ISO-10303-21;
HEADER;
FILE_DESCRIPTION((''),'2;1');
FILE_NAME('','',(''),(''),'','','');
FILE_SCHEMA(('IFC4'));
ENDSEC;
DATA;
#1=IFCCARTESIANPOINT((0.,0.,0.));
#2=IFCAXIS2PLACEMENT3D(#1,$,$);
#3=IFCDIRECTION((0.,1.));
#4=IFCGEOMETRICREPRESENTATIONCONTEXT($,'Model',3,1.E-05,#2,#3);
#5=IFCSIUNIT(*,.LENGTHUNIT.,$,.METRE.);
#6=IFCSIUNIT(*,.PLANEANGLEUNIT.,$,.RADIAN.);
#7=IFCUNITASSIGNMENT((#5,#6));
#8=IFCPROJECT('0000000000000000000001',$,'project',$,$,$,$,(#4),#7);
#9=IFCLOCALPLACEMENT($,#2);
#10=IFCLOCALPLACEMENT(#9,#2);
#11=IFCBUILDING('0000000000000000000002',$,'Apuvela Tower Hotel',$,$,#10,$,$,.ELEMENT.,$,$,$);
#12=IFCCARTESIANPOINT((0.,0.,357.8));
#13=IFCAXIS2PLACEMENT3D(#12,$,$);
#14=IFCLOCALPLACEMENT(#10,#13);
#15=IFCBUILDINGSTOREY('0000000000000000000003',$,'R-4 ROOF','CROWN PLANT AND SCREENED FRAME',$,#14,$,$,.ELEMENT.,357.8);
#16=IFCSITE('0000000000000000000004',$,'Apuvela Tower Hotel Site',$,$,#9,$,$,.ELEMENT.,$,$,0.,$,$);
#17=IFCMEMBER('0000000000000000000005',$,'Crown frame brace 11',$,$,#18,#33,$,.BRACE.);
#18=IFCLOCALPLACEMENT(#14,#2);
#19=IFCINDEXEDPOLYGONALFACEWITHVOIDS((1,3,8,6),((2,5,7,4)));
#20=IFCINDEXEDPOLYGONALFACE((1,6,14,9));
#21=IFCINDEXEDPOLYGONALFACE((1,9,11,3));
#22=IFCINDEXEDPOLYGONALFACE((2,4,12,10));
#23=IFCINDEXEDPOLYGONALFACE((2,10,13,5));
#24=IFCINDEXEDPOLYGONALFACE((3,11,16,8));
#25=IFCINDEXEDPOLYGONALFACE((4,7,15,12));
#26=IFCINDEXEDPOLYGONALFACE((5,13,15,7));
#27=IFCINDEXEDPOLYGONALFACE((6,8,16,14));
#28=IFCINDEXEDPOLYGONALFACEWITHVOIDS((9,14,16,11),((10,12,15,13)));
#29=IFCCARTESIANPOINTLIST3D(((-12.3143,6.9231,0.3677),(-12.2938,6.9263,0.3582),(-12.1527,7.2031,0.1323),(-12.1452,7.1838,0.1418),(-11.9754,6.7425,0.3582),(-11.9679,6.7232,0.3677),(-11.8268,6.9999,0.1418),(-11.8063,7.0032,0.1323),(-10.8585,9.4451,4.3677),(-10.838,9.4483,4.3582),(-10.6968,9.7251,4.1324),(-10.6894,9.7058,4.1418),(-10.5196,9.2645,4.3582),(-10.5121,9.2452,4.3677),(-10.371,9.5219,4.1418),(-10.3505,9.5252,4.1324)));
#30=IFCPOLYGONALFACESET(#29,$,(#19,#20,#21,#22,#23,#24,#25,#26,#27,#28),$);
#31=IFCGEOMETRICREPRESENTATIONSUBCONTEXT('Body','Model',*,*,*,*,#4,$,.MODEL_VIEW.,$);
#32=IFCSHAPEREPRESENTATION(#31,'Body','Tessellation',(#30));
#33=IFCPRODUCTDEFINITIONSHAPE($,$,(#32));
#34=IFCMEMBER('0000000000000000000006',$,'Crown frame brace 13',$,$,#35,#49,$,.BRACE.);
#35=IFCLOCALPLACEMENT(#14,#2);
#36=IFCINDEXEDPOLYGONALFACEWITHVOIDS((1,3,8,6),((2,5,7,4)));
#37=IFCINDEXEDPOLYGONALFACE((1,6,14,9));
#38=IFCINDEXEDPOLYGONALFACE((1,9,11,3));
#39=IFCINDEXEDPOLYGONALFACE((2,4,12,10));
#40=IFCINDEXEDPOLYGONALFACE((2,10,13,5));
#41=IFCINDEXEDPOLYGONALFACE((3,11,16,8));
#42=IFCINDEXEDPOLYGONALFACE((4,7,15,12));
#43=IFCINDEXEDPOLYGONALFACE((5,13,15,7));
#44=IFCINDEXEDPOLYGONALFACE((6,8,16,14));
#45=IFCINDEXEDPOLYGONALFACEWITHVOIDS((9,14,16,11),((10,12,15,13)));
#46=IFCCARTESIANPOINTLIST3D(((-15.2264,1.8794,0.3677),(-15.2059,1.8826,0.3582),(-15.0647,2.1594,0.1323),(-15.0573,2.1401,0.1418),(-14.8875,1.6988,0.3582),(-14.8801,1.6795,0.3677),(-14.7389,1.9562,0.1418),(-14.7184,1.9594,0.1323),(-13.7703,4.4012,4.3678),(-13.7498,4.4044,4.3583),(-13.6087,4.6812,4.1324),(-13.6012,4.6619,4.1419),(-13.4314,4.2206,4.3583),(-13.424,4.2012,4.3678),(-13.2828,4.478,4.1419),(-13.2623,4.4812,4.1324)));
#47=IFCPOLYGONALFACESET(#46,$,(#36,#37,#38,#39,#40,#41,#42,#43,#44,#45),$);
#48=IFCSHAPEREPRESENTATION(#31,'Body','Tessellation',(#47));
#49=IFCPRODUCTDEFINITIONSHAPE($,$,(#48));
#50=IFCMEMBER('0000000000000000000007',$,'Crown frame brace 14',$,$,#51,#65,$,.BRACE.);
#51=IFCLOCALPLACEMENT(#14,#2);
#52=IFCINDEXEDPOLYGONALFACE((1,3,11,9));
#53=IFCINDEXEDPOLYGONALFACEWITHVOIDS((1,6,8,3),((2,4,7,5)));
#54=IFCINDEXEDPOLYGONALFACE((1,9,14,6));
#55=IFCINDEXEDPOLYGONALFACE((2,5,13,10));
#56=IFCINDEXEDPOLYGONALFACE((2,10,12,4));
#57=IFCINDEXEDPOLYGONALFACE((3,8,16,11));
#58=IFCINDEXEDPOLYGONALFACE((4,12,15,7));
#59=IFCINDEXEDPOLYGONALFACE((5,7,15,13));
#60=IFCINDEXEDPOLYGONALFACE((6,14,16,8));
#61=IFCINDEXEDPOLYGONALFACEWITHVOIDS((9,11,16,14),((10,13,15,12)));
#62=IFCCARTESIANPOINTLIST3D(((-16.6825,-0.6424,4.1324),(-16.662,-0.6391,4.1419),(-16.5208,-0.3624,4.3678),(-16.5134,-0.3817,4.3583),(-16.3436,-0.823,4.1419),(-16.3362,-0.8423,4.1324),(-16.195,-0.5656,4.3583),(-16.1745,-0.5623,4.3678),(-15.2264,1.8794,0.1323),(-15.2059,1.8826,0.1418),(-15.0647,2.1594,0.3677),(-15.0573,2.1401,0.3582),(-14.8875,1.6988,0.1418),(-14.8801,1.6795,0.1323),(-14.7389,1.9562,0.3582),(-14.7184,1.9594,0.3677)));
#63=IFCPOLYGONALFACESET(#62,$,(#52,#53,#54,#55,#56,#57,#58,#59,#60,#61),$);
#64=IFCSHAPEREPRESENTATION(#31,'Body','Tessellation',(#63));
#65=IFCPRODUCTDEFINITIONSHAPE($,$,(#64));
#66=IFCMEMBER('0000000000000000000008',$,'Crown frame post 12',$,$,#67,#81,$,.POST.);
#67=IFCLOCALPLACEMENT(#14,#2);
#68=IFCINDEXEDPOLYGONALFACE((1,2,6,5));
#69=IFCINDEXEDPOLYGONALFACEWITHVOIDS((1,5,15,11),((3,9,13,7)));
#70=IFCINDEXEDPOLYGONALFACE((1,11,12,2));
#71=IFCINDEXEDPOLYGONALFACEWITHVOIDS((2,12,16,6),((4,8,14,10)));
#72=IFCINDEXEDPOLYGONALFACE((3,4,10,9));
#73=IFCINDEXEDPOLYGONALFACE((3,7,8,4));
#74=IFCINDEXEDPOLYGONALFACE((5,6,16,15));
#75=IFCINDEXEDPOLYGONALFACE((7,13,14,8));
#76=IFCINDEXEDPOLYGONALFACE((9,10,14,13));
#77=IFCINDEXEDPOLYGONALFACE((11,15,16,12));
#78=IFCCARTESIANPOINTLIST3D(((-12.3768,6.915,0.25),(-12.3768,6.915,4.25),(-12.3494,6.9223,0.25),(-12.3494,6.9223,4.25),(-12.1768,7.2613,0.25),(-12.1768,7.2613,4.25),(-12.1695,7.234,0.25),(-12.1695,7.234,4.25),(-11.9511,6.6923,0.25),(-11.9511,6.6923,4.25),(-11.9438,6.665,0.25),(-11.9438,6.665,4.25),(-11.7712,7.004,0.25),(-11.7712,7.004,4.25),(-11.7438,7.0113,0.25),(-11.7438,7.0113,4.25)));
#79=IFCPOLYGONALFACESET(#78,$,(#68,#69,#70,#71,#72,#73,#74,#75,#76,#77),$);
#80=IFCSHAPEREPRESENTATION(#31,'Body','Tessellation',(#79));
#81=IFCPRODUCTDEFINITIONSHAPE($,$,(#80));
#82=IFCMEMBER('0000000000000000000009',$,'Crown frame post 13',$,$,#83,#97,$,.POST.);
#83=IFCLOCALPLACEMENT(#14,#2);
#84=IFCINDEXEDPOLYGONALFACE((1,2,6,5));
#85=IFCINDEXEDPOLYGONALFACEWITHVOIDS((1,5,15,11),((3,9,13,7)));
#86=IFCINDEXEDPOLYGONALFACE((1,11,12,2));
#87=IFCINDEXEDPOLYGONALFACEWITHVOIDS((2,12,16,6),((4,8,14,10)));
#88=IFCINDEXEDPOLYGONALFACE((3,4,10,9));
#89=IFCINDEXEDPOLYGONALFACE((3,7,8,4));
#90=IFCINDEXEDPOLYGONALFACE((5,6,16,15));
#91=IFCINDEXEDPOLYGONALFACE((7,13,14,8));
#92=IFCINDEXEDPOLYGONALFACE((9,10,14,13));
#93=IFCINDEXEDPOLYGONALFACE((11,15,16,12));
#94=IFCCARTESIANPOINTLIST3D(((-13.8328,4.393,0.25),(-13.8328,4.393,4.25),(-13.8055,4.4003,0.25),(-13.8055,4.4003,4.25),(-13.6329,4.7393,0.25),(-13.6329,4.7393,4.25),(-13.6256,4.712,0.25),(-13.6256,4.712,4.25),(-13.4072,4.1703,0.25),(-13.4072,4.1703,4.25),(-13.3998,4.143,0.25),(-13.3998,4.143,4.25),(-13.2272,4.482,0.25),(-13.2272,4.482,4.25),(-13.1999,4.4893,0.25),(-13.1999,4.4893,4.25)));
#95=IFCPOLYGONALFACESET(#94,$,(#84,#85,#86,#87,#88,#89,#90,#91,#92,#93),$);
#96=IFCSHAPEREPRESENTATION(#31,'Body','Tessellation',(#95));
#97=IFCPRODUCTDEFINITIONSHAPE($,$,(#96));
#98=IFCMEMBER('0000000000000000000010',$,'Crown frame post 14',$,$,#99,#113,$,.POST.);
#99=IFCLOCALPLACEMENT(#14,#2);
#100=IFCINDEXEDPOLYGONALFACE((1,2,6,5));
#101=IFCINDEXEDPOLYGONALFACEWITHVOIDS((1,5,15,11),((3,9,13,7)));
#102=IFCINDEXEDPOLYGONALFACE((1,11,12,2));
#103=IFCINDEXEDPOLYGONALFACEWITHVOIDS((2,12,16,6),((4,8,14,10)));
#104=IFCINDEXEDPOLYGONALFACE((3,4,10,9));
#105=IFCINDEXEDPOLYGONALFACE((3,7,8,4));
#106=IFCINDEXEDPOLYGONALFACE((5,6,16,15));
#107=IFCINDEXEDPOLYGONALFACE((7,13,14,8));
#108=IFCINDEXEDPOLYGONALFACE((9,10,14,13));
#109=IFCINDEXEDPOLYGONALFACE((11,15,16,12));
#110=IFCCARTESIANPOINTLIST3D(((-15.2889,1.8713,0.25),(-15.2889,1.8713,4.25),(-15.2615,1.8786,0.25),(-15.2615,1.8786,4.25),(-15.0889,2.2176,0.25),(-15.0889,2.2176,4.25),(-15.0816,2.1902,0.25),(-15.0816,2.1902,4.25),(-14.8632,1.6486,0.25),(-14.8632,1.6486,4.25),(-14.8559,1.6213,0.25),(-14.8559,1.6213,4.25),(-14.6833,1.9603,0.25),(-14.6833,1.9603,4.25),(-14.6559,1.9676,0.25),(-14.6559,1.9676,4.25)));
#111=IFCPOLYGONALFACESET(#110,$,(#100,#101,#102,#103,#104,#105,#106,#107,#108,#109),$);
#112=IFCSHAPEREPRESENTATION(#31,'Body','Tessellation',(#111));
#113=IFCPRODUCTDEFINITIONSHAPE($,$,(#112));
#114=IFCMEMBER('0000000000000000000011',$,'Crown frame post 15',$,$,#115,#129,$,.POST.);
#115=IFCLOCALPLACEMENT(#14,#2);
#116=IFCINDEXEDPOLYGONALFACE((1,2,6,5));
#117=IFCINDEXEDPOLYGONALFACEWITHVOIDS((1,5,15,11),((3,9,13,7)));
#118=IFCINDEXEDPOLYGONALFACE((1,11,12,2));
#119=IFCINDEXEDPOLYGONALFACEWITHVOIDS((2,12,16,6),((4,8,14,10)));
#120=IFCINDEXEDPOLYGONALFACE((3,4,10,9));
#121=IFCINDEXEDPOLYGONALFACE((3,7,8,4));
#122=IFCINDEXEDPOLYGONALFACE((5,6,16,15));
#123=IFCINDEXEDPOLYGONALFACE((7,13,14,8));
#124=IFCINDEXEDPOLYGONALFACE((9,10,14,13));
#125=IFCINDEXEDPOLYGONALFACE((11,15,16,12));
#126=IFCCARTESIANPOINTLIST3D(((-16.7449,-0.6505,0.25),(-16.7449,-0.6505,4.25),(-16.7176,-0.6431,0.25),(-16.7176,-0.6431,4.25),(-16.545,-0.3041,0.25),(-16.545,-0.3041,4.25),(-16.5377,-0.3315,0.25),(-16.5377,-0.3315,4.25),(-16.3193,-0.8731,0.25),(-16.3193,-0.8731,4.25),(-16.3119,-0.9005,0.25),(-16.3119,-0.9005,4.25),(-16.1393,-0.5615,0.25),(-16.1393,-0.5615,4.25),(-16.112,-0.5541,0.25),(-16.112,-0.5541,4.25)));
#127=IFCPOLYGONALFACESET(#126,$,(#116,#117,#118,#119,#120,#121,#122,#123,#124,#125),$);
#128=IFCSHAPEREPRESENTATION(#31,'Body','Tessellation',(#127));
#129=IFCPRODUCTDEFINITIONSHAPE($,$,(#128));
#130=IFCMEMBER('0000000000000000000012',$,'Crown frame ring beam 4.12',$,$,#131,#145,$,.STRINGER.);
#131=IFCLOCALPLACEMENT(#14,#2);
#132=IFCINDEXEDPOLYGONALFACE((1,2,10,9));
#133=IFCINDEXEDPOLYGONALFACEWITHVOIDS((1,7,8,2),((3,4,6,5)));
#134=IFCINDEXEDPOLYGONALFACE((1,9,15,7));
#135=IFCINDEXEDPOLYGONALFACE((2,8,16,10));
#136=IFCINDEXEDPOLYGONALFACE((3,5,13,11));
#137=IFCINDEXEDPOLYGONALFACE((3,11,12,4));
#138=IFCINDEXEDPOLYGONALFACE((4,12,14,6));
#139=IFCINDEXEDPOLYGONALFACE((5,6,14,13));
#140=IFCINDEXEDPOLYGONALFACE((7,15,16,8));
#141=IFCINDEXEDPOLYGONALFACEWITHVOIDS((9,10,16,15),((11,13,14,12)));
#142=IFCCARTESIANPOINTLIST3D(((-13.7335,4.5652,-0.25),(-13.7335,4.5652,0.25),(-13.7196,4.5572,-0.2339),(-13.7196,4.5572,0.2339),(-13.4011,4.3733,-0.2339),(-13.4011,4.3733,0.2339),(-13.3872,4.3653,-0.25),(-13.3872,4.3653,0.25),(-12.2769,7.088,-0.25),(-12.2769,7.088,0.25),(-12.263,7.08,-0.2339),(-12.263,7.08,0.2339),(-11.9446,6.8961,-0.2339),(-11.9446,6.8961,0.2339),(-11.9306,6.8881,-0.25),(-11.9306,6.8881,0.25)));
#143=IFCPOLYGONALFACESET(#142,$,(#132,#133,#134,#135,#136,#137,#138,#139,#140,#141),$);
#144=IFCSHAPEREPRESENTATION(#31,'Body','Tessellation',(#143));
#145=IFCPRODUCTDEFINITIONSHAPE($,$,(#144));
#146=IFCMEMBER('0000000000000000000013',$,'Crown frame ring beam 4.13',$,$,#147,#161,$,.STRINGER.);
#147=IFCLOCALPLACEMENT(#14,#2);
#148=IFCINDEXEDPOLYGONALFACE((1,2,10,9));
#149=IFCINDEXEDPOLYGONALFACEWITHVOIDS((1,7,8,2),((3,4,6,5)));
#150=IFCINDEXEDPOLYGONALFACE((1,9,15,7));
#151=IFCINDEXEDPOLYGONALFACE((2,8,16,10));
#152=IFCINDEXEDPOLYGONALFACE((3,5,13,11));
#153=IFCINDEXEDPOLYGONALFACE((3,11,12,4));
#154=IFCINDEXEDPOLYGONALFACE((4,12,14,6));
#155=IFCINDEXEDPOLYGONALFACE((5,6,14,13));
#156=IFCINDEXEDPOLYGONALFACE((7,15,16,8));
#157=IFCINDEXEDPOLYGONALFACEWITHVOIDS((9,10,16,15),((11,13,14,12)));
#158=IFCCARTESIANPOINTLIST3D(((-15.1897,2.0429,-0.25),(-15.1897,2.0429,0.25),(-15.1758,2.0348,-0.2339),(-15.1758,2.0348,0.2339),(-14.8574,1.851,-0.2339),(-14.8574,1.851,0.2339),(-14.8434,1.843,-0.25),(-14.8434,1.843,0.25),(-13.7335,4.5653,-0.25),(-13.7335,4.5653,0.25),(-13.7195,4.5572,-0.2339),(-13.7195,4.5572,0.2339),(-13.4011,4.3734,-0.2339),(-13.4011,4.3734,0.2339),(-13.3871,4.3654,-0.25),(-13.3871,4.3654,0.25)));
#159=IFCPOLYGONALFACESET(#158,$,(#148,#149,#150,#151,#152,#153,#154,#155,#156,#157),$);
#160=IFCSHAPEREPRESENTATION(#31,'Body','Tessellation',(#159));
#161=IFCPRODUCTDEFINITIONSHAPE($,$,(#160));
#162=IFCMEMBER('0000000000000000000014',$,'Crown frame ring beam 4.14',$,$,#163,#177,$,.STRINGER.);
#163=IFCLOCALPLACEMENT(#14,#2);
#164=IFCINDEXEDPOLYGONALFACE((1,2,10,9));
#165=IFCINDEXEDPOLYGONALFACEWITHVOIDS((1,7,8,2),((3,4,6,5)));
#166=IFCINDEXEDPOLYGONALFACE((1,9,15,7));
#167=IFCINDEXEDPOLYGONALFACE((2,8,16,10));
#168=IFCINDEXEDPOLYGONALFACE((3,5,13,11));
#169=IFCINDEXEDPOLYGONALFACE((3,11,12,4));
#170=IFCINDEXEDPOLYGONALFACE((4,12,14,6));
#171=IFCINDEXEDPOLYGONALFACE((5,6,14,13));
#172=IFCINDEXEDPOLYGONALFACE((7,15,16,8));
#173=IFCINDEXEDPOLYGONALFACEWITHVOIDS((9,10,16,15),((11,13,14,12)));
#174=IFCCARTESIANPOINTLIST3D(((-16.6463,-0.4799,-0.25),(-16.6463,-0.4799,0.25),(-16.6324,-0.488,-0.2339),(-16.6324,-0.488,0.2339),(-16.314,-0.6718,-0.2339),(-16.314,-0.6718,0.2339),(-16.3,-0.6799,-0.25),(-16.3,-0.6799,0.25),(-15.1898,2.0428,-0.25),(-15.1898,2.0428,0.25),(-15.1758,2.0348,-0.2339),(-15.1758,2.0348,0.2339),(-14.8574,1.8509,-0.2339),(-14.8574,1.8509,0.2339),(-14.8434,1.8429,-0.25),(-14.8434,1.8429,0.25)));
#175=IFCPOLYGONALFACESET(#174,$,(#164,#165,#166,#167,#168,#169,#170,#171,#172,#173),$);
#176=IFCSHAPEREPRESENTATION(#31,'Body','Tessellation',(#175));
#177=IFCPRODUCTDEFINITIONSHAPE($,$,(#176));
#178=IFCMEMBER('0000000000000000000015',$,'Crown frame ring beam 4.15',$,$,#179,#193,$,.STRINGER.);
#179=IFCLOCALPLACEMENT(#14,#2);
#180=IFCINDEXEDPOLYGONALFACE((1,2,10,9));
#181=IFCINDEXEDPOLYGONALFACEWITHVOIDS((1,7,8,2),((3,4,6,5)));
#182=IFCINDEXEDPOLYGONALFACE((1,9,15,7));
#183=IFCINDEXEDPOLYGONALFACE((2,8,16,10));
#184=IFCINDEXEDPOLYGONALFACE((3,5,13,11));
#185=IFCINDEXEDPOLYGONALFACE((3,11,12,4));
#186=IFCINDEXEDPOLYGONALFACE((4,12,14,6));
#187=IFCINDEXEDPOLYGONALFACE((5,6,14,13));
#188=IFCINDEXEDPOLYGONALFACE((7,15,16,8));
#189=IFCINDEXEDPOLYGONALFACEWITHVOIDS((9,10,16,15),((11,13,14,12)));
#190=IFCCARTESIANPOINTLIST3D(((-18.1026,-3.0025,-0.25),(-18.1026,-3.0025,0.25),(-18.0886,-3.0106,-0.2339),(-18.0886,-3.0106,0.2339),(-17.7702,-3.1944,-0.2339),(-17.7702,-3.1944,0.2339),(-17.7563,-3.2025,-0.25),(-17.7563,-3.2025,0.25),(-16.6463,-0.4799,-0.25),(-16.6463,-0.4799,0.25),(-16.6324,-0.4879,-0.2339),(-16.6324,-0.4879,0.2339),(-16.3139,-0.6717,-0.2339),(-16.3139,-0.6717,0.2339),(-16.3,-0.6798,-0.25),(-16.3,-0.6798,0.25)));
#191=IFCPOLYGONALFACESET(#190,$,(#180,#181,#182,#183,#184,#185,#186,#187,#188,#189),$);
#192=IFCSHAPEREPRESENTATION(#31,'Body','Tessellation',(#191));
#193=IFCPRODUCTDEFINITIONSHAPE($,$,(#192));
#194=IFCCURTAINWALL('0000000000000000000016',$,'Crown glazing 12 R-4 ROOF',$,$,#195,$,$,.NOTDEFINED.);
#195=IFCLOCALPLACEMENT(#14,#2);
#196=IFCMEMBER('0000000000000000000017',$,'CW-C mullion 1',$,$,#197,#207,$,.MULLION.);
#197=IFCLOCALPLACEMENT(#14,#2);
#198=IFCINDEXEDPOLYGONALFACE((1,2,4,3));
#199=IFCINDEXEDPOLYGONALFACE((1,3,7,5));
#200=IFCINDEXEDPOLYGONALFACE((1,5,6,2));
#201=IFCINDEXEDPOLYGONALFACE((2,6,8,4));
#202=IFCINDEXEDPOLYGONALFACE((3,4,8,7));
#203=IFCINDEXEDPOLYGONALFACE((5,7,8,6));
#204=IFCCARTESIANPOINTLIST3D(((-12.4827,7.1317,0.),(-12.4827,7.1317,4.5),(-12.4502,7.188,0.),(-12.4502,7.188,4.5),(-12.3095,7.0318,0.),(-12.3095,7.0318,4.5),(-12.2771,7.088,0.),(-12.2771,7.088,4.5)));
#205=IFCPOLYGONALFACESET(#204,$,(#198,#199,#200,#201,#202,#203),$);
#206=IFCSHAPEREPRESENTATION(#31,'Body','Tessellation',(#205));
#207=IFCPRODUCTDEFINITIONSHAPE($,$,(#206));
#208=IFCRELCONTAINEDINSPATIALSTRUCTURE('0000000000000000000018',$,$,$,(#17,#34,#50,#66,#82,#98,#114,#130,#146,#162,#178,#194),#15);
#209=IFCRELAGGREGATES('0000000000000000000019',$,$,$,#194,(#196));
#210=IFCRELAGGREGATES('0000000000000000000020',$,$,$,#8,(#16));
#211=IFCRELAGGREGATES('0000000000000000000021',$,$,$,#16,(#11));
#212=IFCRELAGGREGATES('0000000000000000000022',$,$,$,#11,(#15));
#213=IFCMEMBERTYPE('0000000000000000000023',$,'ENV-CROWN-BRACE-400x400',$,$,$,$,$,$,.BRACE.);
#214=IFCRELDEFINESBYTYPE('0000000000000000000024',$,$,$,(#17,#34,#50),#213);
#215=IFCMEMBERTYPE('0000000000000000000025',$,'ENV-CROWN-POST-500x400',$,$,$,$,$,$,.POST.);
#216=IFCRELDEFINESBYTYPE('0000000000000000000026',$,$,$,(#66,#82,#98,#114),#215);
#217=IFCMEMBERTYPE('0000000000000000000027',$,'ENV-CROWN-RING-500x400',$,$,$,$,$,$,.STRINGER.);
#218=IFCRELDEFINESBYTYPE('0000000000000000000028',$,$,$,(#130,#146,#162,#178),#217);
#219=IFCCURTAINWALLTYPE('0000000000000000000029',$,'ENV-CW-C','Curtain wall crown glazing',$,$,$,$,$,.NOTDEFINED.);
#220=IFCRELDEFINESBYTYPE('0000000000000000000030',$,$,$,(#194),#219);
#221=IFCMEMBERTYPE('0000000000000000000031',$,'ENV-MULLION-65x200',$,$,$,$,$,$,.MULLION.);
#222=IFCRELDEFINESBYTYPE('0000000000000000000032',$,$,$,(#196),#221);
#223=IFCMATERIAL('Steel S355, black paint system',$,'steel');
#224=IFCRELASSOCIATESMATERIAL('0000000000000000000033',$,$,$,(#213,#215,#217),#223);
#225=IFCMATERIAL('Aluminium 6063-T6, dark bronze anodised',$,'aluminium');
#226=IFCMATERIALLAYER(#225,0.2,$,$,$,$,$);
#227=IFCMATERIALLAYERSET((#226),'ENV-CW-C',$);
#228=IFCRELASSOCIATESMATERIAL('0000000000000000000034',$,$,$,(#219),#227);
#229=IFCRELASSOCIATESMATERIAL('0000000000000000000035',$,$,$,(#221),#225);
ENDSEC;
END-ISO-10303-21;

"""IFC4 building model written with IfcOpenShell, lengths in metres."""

from ifc_helpers import new_model, si_unit, direction, frame, origin, origin_2d, place, context, subcontext, project, spatial, rectangle, hollow_rectangle, extrude, material, layer, layer_set, material_profile, profile_set, type_object, element, aggregate, save


model = new_model("IFC4")

# Units and contexts
model_context = context("Model", 3, precision=1e-05, world=origin(), true_north=direction((0.0, 1.0)))
body_context = subcontext(model_context, "Body", "Model", "MODEL_VIEW")
ifc_project = project(units=[si_unit("LENGTHUNIT", "METRE"), si_unit("PLANEANGLEUNIT", "RADIAN")], contexts=[model_context])

# Site, building, storey
site_placement = place(None, origin())
site = spatial("IfcSite", under=ifc_project, at=site_placement, Name="Apuvela Tower Hotel Site", CompositionType="ELEMENT", RefElevation=0.0)
building_placement = place(site_placement, origin())
building = spatial("IfcBuilding", under=site, at=building_placement, Name="Apuvela Tower Hotel", CompositionType="ELEMENT")
storey_placement = place(building_placement, frame((0.0, 0.0, 357.8)))
storey = spatial("IfcBuildingStorey", under=building, at=storey_placement, Name="R-4 ROOF", Description="CROWN PLANT AND SCREENED FRAME", CompositionType="ELEMENT", Elevation=357.8)

# Members
ifc_material_1 = material(Name="Steel S355, black paint system", Category="steel")
ifc_material_profile_1 = material_profile(ifc_material_1, hollow_rectangle(XDim=0.3999, YDim=0.3999, WallThickness=0.0161, at=origin_2d()), Name="HSS 400x400x16")
ifc_profile_set_1 = profile_set([ifc_material_profile_1], Name="Steel S355, black paint system")
member_type_1 = type_object("IfcMemberType", Name="ENV-CROWN-BRACE-400x400", PredefinedType="BRACE", material=ifc_profile_set_1)
for number, where, z_axis, x_axis, name in (
    (1, (-12.0603, 6.9631, 0.25), (0.29424, 0.509726, 0.808457), (-0.866063, 0.499935, 0.0), "Crown frame brace 11"),
    (2, (-14.9724, 1.9194, 0.25), (0.294292, 0.509682, 0.808465), (-0.866005, 0.500035, 0.0), "Crown frame brace 13"),
    (3, (-14.9724, 1.9194, 0.25), (-0.294292, -0.509682, 0.808465), (0.866005, -0.500035, 0.0), "Crown frame brace 14"),
):
    element("IfcMember", number, at=place(storey_placement, frame(where, z_axis=z_axis, x_axis=x_axis)), inside=storey, type_object=member_type_1, Name=name, PredefinedType="BRACE", context=body_context, shape_type="SweptSolid", body=[
        extrude(hollow_rectangle(XDim=0.3999, YDim=0.3999, WallThickness=0.0161, at=origin_2d()), origin(), (0.0, 0.0, 1.0), 4.9478),
    ])
ifc_material_profile_2 = material_profile(ifc_material_1, hollow_rectangle(XDim=0.3999, YDim=0.5, WallThickness=0.02, at=origin_2d()), Name="HSS 500x400x20")
ifc_profile_set_2 = profile_set([ifc_material_profile_2], Name="Steel S355, black paint system")
member_type_2 = type_object("IfcMemberType", Name="ENV-CROWN-POST-500x400", PredefinedType="POST", material=ifc_profile_set_2)
for number, where, z_axis, x_axis, name in (
    (4, (-12.0603, 6.9631, 0.25), (0.0, 0.0, 1.0), (-0.5, -0.866025, 0.0), "Crown frame post 12"),
    (5, (-13.5164, 4.4412, 0.25), (0.0, 0.0, 1.0), (-0.5, -0.866025, 0.0), "Crown frame post 13"),
    (6, (-14.9724, 1.9194, 0.25), (0.0, 0.0, 1.0), (-0.5, -0.866025, 0.0), "Crown frame post 14"),
    (7, (-16.4285, -0.6023, 0.25), (0.0, 0.0, 1.0), (-0.5, -0.866025, 0.0), "Crown frame post 15"),
):
    element("IfcMember", number, at=place(storey_placement, frame(where, z_axis=z_axis, x_axis=x_axis)), inside=storey, type_object=member_type_2, Name=name, PredefinedType="POST", context=body_context, shape_type="SweptSolid", body=[
        extrude(hollow_rectangle(XDim=0.3999, YDim=0.5, WallThickness=0.02, at=origin_2d()), origin(), (0.0, 0.0, 1.0), 4.0),
    ])
ifc_material_profile_3 = material_profile(ifc_material_1, hollow_rectangle(XDim=0.3999, YDim=0.5, WallThickness=0.0161, at=origin_2d()), Name="HSS 500x400x16")
ifc_profile_set_3 = profile_set([ifc_material_profile_3], Name="Steel S355, black paint system")
member_type_3 = type_object("IfcMemberType", Name="ENV-CROWN-RING-500x400", PredefinedType="STRINGER", material=ifc_profile_set_3)
member_1_placement = place(storey_placement, frame((-12.1038, 6.988, 0.0), z_axis=(-0.500015, -0.866017, 0.0), x_axis=(0.866017, -0.500015, 0.0)))
element("IfcMember", 8, at=member_1_placement, inside=storey, type_object=member_type_3, Name="Crown frame ring beam 4.12", PredefinedType="STRINGER", context=body_context, shape_type="SweptSolid", body=[
    extrude(hollow_rectangle(XDim=0.3999, YDim=0.5, WallThickness=0.0161, at=origin_2d()), origin(), (0.0, 0.0, 1.0), 2.9131),
])
member_2_placement = place(storey_placement, frame((-13.5603, 4.4653, 0.0), z_axis=(-0.499988, -0.866032, 0.0), x_axis=(0.866032, -0.499988, 0.0)))
element("IfcMember", 9, at=member_2_placement, inside=storey, type_object=member_type_3, Name="Crown frame ring beam 4.13", PredefinedType="STRINGER", context=body_context, shape_type="SweptSolid", body=[
    extrude(hollow_rectangle(XDim=0.3999, YDim=0.5, WallThickness=0.0161, at=origin_2d()), origin(), (0.0, 0.0, 1.0), 2.9126),
])
member_3_placement = place(storey_placement, frame((-15.0166, 1.9429, 0.0), z_axis=(-0.500015, -0.866017, 0.0), x_axis=(0.866017, -0.500015, 0.0)))
element("IfcMember", 10, at=member_3_placement, inside=storey, type_object=member_type_3, Name="Crown frame ring beam 4.14", PredefinedType="STRINGER", context=body_context, shape_type="SweptSolid", body=[
    extrude(hollow_rectangle(XDim=0.3999, YDim=0.5, WallThickness=0.0161, at=origin_2d()), origin(), (0.0, 0.0, 1.0), 2.9131),
])
member_4_placement = place(storey_placement, frame((-16.4731, -0.5798, 0.0), z_axis=(-0.499952, -0.866053, 0.0), x_axis=(0.866053, -0.499952, 0.0)))
element("IfcMember", 11, at=member_4_placement, inside=storey, type_object=member_type_3, Name="Crown frame ring beam 4.15", PredefinedType="STRINGER", context=body_context, shape_type="SweptSolid", body=[
    extrude(hollow_rectangle(XDim=0.3999, YDim=0.5, WallThickness=0.0161, at=origin_2d()), origin(), (0.0, 0.0, 1.0), 2.9128),
])

# Curtain wall, member
ifc_material_2 = material(Name="Aluminium 6063-T6, dark bronze anodised", Category="aluminium")
ifc_layer_1 = layer(ifc_material_2, 0.2)
ifc_layer_set_1 = layer_set([ifc_layer_1], Name="ENV-CW-C")
curtain_wall_type_1 = type_object("IfcCurtainWallType", Name="ENV-CW-C", Description="Curtain wall crown glazing", PredefinedType="NOTDEFINED", material=ifc_layer_set_1)
curtain_wall_1_placement = place(storey_placement, origin())
curtain_wall_1 = element("IfcCurtainWall", 12, at=curtain_wall_1_placement, inside=storey, type_object=curtain_wall_type_1, Name="Crown glazing 12 R-4 ROOF", PredefinedType="NOTDEFINED")
ifc_material_profile_4 = material_profile(ifc_material_2, rectangle(XDim=0.2, YDim=0.0649, at=origin_2d()), Name="AL 65x200")
ifc_profile_set_4 = profile_set([ifc_material_profile_4], Name="Aluminium 6063-T6, dark bronze anodised")
member_type_4 = type_object("IfcMemberType", Name="ENV-MULLION-65x200", PredefinedType="MULLION", material=ifc_profile_set_4)
member_5_placement = place(storey_placement, frame((-12.3799, 7.1099, 0.0), z_axis=(0.0, 0.0, 1.0), x_axis=(0.866037, -0.499981, 0.0)))
member_5 = element("IfcMember", 13, at=member_5_placement, type_object=member_type_4, Name="CW-C mullion 1", PredefinedType="MULLION", context=body_context, shape_type="SweptSolid", body=[
    extrude(rectangle(XDim=0.2, YDim=0.0649, at=origin_2d()), origin(), (0.0, 0.0, 1.0), 4.5),
])

aggregate(curtain_wall_1, [member_5])

save(model, "model.ifc")
